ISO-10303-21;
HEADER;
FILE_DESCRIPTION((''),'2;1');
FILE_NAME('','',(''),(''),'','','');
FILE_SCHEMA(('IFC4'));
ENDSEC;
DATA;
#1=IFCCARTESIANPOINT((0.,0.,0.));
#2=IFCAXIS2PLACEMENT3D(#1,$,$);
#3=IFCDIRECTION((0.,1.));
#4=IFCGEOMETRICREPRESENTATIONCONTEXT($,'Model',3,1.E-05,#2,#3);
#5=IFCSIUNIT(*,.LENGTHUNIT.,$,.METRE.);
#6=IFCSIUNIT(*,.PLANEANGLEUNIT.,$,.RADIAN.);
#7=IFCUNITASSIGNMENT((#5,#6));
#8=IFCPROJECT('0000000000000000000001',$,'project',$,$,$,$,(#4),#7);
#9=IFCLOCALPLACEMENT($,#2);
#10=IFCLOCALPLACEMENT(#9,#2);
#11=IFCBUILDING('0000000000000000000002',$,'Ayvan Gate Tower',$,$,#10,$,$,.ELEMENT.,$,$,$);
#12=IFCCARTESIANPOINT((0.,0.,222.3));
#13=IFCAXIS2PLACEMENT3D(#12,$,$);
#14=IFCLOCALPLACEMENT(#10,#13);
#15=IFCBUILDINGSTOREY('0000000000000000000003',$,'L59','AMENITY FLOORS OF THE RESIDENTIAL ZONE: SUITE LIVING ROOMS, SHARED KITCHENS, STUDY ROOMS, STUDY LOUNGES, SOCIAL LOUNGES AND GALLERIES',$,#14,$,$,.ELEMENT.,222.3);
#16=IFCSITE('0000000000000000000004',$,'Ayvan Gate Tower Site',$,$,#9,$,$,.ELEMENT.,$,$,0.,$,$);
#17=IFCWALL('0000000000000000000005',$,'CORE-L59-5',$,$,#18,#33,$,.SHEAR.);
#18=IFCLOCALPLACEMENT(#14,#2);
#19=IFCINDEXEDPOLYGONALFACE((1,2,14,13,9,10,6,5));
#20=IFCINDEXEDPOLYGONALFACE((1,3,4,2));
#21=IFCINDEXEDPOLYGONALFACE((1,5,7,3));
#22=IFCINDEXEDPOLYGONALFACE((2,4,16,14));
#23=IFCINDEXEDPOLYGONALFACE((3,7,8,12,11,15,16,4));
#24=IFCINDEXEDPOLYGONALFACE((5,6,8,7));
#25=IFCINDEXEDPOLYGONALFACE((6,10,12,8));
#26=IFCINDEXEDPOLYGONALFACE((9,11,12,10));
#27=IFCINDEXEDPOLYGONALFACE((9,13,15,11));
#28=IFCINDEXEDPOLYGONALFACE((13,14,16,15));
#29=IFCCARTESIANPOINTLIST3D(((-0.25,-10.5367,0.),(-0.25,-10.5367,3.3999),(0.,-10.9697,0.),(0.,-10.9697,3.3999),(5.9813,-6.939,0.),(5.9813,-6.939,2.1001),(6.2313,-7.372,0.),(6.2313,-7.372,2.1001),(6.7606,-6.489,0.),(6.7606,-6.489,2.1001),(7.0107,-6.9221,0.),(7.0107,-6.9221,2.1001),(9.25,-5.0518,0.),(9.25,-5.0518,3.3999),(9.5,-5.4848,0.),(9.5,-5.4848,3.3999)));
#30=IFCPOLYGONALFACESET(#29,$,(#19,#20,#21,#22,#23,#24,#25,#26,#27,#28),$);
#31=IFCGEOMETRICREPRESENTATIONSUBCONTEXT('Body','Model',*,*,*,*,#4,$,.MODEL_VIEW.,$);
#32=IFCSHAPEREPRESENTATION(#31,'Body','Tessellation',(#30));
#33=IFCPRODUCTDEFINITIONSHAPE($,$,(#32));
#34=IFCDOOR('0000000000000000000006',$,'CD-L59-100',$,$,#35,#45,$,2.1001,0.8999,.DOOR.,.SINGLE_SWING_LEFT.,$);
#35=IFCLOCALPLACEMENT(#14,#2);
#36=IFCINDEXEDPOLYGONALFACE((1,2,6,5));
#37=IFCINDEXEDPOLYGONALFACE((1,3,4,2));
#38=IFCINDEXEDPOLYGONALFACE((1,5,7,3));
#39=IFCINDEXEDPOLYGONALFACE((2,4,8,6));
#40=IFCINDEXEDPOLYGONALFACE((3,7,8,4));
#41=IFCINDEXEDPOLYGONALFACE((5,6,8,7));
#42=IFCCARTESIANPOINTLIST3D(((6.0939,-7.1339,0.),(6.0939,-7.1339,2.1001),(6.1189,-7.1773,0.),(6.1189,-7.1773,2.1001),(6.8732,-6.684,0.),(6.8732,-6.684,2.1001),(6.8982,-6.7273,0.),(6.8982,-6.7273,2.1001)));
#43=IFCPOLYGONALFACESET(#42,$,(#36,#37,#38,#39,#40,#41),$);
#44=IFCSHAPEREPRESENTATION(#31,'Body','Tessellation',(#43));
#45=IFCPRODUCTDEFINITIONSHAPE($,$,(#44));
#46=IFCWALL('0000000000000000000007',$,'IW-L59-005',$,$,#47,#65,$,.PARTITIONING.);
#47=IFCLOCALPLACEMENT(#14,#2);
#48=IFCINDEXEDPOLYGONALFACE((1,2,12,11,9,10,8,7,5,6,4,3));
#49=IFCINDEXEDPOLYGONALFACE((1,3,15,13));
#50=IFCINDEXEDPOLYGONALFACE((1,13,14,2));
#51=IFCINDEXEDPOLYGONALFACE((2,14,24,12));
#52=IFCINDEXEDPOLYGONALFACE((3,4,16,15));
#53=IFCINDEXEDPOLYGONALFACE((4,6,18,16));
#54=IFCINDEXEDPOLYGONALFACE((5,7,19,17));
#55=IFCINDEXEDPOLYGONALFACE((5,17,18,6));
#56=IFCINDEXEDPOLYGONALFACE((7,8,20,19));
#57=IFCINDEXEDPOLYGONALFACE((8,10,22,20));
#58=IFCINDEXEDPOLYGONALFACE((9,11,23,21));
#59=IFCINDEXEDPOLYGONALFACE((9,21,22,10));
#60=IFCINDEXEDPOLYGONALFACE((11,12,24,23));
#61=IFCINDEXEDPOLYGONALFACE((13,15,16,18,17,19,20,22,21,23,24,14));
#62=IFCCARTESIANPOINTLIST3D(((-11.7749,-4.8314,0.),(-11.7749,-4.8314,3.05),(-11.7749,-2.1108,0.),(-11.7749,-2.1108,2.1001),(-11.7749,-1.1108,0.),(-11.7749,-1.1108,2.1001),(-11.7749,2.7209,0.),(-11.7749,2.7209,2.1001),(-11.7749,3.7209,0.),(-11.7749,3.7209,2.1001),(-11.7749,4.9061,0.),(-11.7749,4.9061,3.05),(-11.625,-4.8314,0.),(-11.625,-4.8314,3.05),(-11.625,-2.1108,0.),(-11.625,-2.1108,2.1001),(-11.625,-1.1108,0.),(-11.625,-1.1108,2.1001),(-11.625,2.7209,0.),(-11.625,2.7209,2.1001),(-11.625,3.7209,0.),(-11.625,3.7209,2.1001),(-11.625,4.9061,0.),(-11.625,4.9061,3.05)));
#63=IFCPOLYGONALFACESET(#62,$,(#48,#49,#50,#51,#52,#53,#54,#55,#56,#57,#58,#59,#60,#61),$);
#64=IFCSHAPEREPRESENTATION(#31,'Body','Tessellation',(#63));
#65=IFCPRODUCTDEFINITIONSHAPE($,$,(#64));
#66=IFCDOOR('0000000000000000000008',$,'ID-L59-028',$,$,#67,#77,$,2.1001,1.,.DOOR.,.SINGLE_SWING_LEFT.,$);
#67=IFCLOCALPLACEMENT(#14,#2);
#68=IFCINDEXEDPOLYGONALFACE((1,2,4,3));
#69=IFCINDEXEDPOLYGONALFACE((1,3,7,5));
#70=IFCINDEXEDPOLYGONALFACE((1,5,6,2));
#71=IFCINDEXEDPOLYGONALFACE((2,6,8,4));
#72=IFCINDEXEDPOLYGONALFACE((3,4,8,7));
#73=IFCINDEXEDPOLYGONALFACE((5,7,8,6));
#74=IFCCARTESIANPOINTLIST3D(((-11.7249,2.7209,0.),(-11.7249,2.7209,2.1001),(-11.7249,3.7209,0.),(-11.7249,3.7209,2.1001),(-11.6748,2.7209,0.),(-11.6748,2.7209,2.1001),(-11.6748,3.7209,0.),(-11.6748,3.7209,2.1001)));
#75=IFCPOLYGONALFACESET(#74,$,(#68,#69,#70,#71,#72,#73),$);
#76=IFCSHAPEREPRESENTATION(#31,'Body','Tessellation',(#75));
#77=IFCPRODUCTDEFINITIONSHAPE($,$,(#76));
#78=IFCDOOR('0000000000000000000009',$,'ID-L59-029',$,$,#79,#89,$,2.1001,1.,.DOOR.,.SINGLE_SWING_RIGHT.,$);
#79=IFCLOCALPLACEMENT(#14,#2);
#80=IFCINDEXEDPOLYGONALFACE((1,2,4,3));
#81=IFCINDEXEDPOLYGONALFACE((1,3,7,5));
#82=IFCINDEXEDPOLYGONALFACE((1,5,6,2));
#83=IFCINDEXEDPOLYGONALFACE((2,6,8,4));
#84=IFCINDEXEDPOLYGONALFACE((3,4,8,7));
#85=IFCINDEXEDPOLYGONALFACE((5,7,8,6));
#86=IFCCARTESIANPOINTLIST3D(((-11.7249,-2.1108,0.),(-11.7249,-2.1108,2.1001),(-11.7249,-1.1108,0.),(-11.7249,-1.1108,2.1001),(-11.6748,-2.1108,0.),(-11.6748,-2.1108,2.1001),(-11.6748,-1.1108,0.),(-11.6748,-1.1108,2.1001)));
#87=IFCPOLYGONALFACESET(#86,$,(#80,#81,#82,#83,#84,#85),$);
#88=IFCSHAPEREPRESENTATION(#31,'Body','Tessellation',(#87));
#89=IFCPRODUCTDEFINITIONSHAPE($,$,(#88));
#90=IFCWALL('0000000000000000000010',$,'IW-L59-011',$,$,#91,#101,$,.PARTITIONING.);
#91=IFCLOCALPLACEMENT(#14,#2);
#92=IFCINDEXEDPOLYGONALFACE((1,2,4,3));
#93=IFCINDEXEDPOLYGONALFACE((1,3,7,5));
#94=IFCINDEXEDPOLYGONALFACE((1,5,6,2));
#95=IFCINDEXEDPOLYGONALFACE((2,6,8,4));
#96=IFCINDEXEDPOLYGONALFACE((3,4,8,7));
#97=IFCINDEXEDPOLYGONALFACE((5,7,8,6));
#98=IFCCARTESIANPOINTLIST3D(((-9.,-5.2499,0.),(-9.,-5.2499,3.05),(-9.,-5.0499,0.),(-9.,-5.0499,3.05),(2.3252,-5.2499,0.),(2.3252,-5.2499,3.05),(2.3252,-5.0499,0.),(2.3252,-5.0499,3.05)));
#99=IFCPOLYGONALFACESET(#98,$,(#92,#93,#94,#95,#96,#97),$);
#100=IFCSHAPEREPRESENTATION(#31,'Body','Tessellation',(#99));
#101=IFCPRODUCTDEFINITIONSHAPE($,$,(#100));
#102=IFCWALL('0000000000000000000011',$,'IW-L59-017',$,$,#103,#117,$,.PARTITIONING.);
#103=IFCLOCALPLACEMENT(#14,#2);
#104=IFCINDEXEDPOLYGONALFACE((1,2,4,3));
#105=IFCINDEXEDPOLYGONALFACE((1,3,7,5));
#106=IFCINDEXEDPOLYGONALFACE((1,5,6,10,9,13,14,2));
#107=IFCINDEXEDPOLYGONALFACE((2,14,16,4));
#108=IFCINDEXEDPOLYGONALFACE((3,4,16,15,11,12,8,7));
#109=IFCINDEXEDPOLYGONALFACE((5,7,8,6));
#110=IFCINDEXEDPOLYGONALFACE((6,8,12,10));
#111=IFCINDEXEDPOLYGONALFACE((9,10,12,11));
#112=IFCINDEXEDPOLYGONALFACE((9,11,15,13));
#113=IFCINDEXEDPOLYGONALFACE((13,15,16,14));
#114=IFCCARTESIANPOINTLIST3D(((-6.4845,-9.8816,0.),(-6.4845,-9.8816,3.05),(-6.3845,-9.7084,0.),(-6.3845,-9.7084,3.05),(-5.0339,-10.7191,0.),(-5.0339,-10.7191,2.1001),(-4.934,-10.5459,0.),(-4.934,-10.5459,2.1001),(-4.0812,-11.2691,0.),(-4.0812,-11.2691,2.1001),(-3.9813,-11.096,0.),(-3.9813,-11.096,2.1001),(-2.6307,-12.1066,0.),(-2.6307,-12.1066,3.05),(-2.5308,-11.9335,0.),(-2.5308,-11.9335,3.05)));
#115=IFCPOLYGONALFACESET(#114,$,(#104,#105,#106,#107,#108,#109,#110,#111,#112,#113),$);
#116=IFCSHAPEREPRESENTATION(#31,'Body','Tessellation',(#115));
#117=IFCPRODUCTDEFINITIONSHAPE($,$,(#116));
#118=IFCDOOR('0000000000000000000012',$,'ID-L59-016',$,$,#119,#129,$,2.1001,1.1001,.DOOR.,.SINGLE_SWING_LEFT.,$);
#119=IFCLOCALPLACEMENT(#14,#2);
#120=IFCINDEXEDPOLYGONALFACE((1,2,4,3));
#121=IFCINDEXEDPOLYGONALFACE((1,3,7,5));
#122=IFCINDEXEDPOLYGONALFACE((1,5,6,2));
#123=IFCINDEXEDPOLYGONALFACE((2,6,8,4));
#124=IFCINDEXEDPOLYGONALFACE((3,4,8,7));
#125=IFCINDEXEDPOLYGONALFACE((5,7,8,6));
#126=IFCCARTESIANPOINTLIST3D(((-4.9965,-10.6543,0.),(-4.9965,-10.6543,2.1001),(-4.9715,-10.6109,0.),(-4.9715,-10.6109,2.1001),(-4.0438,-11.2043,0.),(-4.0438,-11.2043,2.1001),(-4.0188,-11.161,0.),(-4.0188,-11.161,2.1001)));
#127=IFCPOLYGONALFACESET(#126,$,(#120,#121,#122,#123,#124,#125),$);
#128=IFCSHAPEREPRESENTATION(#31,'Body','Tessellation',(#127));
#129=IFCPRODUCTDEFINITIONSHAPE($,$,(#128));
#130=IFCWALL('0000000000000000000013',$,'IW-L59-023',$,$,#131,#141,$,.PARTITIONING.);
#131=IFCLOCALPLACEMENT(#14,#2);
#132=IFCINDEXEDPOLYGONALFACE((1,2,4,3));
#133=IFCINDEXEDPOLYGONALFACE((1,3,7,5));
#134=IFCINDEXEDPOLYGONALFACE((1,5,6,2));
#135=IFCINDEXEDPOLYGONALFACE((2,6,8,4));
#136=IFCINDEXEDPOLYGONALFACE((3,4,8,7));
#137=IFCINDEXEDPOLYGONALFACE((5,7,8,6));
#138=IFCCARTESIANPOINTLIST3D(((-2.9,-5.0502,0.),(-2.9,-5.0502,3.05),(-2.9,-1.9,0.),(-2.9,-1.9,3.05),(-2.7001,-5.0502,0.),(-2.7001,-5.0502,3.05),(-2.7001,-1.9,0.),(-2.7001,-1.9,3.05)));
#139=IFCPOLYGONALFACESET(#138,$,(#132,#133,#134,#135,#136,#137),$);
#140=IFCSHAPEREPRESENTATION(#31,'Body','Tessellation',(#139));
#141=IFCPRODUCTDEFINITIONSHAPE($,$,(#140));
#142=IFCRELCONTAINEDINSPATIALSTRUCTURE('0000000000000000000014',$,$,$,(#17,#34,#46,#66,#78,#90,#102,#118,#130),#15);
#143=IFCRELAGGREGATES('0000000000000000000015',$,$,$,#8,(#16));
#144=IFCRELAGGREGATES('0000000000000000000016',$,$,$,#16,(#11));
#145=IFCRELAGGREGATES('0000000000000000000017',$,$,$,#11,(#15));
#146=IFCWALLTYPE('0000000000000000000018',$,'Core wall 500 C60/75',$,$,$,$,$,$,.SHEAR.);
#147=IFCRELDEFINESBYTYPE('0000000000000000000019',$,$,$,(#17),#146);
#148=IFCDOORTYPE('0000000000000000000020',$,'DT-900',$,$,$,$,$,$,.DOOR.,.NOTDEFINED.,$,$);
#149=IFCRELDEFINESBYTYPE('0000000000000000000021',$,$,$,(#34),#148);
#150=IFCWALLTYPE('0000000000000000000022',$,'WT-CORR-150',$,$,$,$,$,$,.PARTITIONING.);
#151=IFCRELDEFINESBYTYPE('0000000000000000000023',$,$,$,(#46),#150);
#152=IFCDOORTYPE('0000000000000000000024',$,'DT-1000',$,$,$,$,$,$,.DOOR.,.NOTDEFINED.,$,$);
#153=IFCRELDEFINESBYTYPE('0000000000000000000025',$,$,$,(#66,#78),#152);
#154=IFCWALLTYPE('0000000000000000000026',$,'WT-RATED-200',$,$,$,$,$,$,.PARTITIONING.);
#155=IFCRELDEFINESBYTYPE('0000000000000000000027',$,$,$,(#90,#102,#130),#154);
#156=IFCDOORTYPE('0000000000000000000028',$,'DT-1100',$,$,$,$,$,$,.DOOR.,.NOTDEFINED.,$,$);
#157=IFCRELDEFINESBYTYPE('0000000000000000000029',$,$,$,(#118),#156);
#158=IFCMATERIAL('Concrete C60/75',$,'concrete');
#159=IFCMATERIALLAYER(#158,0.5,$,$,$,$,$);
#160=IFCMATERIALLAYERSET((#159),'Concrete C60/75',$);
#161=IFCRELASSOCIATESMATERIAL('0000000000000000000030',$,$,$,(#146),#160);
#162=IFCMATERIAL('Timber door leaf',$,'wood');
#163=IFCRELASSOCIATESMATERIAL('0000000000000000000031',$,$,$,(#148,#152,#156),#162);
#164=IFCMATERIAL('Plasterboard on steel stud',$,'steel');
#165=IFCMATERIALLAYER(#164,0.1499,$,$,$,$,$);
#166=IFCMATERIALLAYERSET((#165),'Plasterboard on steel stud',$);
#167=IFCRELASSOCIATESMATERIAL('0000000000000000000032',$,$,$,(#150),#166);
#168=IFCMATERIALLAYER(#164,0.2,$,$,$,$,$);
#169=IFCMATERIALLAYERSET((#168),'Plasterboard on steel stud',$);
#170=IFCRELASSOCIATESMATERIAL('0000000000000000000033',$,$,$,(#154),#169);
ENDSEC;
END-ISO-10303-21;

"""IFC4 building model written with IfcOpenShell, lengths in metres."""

from ifc_helpers import new_model, si_unit, direction, frame, frame_2d, origin, place, context, subcontext, project, spatial, rectangle, extrude, material, layer, layer_set, type_object, element, fill, save


model = new_model("IFC4")

# Units and contexts
model_context = context("Model", 3, precision=1e-05, world=origin(), true_north=direction((0.0, 1.0)))
body_context = subcontext(model_context, "Body", "Model", "MODEL_VIEW")
ifc_project = project(units=[si_unit("LENGTHUNIT", "METRE"), si_unit("PLANEANGLEUNIT", "RADIAN")], contexts=[model_context])

# Site, building, storey
site_placement = place(None, origin())
site = spatial("IfcSite", under=ifc_project, at=site_placement, Name="Ayvan Gate Tower Site", CompositionType="ELEMENT", RefElevation=0.0)
building_placement = place(site_placement, origin())
building = spatial("IfcBuilding", under=site, at=building_placement, Name="Ayvan Gate Tower", CompositionType="ELEMENT")
storey_placement = place(building_placement, frame((0.0, 0.0, 222.3)))
storey = spatial("IfcBuildingStorey", under=building, at=storey_placement, Name="L59", Description="AMENITY FLOORS OF THE RESIDENTIAL ZONE: SUITE LIVING ROOMS, SHARED KITCHENS, STUDY ROOMS, STUDY LOUNGES, SOCIAL LOUNGES AND GALLERIES", CompositionType="ELEMENT", Elevation=222.3)

# Shared definitions
ifc_material_1 = material(Name="Concrete C60/75", Category="concrete")
ifc_layer_1 = layer(ifc_material_1, 0.5)
ifc_layer_set_1 = layer_set([ifc_layer_1], Name="Concrete C60/75")
wall_type_1 = type_object("IfcWallType", Name="Core wall 500 C60/75", PredefinedType="SHEAR", material=ifc_layer_set_1)
ifc_material_2 = material(Name="Timber door leaf", Category="wood")
door_type_1 = type_object("IfcDoorType", Name="DT-900", OperationType="NOTDEFINED", PredefinedType="DOOR", material=ifc_material_2)

# Wall, opening, door
wall_1_placement = place(storey_placement, frame((-0.125, -10.7532, 0.0), z_axis=(0.0, 0.0, 1.0), x_axis=(0.866024, 0.500002, 0.0)))
wall_1 = element("IfcWall", 1, at=wall_1_placement, inside=storey, type_object=wall_type_1, Name="CORE-L59-5", PredefinedType="SHEAR", context=body_context, shape_type="SweptSolid", body=[
    extrude(rectangle(XDim=10.9697, YDim=0.5, at=frame_2d((5.4849, 0.0))), origin(), (0.0, 0.0, 1.0), 3.3999),
])
opening_1_placement = place(wall_1_placement, frame((7.1953, 0.0, 0.0)))
opening_1 = element("IfcOpeningElement", 2, at=opening_1_placement, cuts=wall_1, PredefinedType="OPENING", context=body_context, shape_type="SweptSolid", body=[
    extrude(rectangle(XDim=0.8999, YDim=2.1001, at=frame_2d((0.45, 1.05))), frame((0.0, 0.26, 0.0), z_axis=(0.0, -1.0, 0.0), x_axis=(1.0, 0.0, 0.0)), (0.0, 0.0, 1.0), 0.52),
])
door_1_placement = place(opening_1_placement, origin())
door_1 = element("IfcDoor", 3, at=door_1_placement, inside=storey, type_object=door_type_1, Name="CD-L59-100", OperationType="SINGLE_SWING_LEFT", OverallHeight=2.1001, OverallWidth=0.8999, PredefinedType="DOOR", context=body_context, shape_type="SweptSolid", body=[
    extrude(rectangle(XDim=0.8999, YDim=2.1001, at=frame_2d((0.45, 1.05))), frame((0.0, 0.0249, 0.0), z_axis=(0.0, -1.0, 0.0), x_axis=(1.0, 0.0, 0.0)), (0.0, 0.0, 1.0), 0.05),
])
fill(opening_1, door_1)

# Wall, openings, doors
ifc_material_3 = material(Name="Plasterboard on steel stud", Category="steel")
ifc_layer_2 = layer(ifc_material_3, 0.1499)
ifc_layer_set_2 = layer_set([ifc_layer_2], Name="Plasterboard on steel stud")
wall_type_2 = type_object("IfcWallType", Name="WT-CORR-150", PredefinedType="PARTITIONING", material=ifc_layer_set_2)
wall_2_placement = place(storey_placement, frame((-11.7, -4.8313, 0.0), z_axis=(0.0, 0.0, 1.0), x_axis=(0.0, 1.0, 0.0)))
wall_2 = element("IfcWall", 4, at=wall_2_placement, inside=storey, type_object=wall_type_2, Name="IW-L59-005", PredefinedType="PARTITIONING", context=body_context, shape_type="SweptSolid", body=[
    extrude(rectangle(XDim=9.7375, YDim=0.1499, at=frame_2d((4.8687, 0.0))), origin(), (0.0, 0.0, 1.0), 3.05),
])
opening_2_placement = place(wall_2_placement, frame((7.5522, 0.0, 0.0)))
opening_2 = element("IfcOpeningElement", 5, at=opening_2_placement, cuts=wall_2, PredefinedType="OPENING", context=body_context, shape_type="SweptSolid", body=[
    extrude(rectangle(XDim=1.0, YDim=2.1001, at=frame_2d((0.5, 1.05))), frame((0.0, 0.085, 0.0), z_axis=(0.0, -1.0, 0.0), x_axis=(1.0, 0.0, 0.0)), (0.0, 0.0, 1.0), 0.1699),
])
opening_3_placement = place(wall_2_placement, frame((2.7205, 0.0, 0.0)))
opening_3 = element("IfcOpeningElement", 6, at=opening_3_placement, cuts=wall_2, PredefinedType="OPENING", context=body_context, shape_type="SweptSolid", body=[
    extrude(rectangle(XDim=1.0, YDim=2.1001, at=frame_2d((0.5, 1.05))), frame((0.0, 0.085, 0.0), z_axis=(0.0, -1.0, 0.0), x_axis=(1.0, 0.0, 0.0)), (0.0, 0.0, 1.0), 0.1699),
])
door_type_2 = type_object("IfcDoorType", Name="DT-1000", OperationType="NOTDEFINED", PredefinedType="DOOR", material=ifc_material_2)
door_2_placement = place(opening_2_placement, origin())
door_2 = element("IfcDoor", 7, at=door_2_placement, inside=storey, type_object=door_type_2, Name="ID-L59-028", OperationType="SINGLE_SWING_LEFT", OverallHeight=2.1001, OverallWidth=1.0, PredefinedType="DOOR", context=body_context, shape_type="SweptSolid", body=[
    extrude(rectangle(XDim=1.0, YDim=2.1001, at=frame_2d((0.5, 1.05))), frame((0.0, 0.0249, 0.0), z_axis=(0.0, -1.0, 0.0), x_axis=(1.0, 0.0, 0.0)), (0.0, 0.0, 1.0), 0.05),
])
fill(opening_2, door_2)
door_3_placement = place(opening_3_placement, origin())
door_3 = element("IfcDoor", 8, at=door_3_placement, inside=storey, type_object=door_type_2, Name="ID-L59-029", OperationType="SINGLE_SWING_RIGHT", OverallHeight=2.1001, OverallWidth=1.0, PredefinedType="DOOR", context=body_context, shape_type="SweptSolid", body=[
    extrude(rectangle(XDim=1.0, YDim=2.1001, at=frame_2d((0.5, 1.05))), frame((0.0, 0.0249, 0.0), z_axis=(0.0, -1.0, 0.0), x_axis=(1.0, 0.0, 0.0)), (0.0, 0.0, 1.0), 0.05),
])
fill(opening_3, door_3)

# Wall
ifc_layer_3 = layer(ifc_material_3, 0.2)
ifc_layer_set_3 = layer_set([ifc_layer_3], Name="Plasterboard on steel stud")
wall_type_3 = type_object("IfcWallType", Name="WT-RATED-200", PredefinedType="PARTITIONING", material=ifc_layer_set_3)
wall_3_placement = place(storey_placement, frame((-9.0, -5.1499, 0.0), z_axis=(0.0, 0.0, 1.0), x_axis=(1.0, 0.0, 0.0)))
element("IfcWall", 9, at=wall_3_placement, inside=storey, type_object=wall_type_3, Name="IW-L59-011", PredefinedType="PARTITIONING", context=body_context, shape_type="SweptSolid", body=[
    extrude(rectangle(XDim=11.3252, YDim=0.2, at=frame_2d((5.6626, 0.0))), origin(), (0.0, 0.0, 1.0), 3.05),
])

# Wall, opening, door
wall_4_placement = place(storey_placement, frame((-6.4346, -9.7949, 0.0), z_axis=(0.0, 0.0, 1.0), x_axis=(0.866013, -0.500022, 0.0)))
wall_4 = element("IfcWall", 10, at=wall_4_placement, inside=storey, type_object=wall_type_3, Name="IW-L59-017", PredefinedType="PARTITIONING", context=body_context, shape_type="SweptSolid", body=[
    extrude(rectangle(XDim=4.45, YDim=0.2, at=frame_2d((2.2251, 0.0))), origin(), (0.0, 0.0, 1.0), 3.05),
])
opening_4_placement = place(wall_4_placement, frame((1.675, 0.0, 0.0)))
opening_4 = element("IfcOpeningElement", 11, at=opening_4_placement, cuts=wall_4, PredefinedType="OPENING", context=body_context, shape_type="SweptSolid", body=[
    extrude(rectangle(XDim=1.1001, YDim=2.1001, at=frame_2d((0.55, 1.05))), frame((0.0, 0.1099, 0.0), z_axis=(0.0, -1.0, 0.0), x_axis=(1.0, 0.0, 0.0)), (0.0, 0.0, 1.0), 0.22),
])
door_type_3 = type_object("IfcDoorType", Name="DT-1100", OperationType="NOTDEFINED", PredefinedType="DOOR", material=ifc_material_2)
door_4_placement = place(opening_4_placement, origin())
door_4 = element("IfcDoor", 12, at=door_4_placement, inside=storey, type_object=door_type_3, Name="ID-L59-016", OperationType="SINGLE_SWING_LEFT", OverallHeight=2.1001, OverallWidth=1.1001, PredefinedType="DOOR", context=body_context, shape_type="SweptSolid", body=[
    extrude(rectangle(XDim=1.1001, YDim=2.1001, at=frame_2d((0.55, 1.05))), frame((0.0, 0.0249, 0.0), z_axis=(0.0, -1.0, 0.0), x_axis=(1.0, 0.0, 0.0)), (0.0, 0.0, 1.0), 0.05),
])
fill(opening_4, door_4)

# Wall
wall_5_placement = place(storey_placement, frame((-2.8, -1.8999, 0.0), z_axis=(0.0, 0.0, 1.0), x_axis=(0.0, -1.0, 0.0)))
element("IfcWall", 13, at=wall_5_placement, inside=storey, type_object=wall_type_3, Name="IW-L59-023", PredefinedType="PARTITIONING", context=body_context, shape_type="SweptSolid", body=[
    extrude(rectangle(XDim=3.1501, YDim=0.2, at=frame_2d((1.5752, 0.0))), origin(), (0.0, 0.0, 1.0), 3.05),
])

save(model, "model.ifc")
